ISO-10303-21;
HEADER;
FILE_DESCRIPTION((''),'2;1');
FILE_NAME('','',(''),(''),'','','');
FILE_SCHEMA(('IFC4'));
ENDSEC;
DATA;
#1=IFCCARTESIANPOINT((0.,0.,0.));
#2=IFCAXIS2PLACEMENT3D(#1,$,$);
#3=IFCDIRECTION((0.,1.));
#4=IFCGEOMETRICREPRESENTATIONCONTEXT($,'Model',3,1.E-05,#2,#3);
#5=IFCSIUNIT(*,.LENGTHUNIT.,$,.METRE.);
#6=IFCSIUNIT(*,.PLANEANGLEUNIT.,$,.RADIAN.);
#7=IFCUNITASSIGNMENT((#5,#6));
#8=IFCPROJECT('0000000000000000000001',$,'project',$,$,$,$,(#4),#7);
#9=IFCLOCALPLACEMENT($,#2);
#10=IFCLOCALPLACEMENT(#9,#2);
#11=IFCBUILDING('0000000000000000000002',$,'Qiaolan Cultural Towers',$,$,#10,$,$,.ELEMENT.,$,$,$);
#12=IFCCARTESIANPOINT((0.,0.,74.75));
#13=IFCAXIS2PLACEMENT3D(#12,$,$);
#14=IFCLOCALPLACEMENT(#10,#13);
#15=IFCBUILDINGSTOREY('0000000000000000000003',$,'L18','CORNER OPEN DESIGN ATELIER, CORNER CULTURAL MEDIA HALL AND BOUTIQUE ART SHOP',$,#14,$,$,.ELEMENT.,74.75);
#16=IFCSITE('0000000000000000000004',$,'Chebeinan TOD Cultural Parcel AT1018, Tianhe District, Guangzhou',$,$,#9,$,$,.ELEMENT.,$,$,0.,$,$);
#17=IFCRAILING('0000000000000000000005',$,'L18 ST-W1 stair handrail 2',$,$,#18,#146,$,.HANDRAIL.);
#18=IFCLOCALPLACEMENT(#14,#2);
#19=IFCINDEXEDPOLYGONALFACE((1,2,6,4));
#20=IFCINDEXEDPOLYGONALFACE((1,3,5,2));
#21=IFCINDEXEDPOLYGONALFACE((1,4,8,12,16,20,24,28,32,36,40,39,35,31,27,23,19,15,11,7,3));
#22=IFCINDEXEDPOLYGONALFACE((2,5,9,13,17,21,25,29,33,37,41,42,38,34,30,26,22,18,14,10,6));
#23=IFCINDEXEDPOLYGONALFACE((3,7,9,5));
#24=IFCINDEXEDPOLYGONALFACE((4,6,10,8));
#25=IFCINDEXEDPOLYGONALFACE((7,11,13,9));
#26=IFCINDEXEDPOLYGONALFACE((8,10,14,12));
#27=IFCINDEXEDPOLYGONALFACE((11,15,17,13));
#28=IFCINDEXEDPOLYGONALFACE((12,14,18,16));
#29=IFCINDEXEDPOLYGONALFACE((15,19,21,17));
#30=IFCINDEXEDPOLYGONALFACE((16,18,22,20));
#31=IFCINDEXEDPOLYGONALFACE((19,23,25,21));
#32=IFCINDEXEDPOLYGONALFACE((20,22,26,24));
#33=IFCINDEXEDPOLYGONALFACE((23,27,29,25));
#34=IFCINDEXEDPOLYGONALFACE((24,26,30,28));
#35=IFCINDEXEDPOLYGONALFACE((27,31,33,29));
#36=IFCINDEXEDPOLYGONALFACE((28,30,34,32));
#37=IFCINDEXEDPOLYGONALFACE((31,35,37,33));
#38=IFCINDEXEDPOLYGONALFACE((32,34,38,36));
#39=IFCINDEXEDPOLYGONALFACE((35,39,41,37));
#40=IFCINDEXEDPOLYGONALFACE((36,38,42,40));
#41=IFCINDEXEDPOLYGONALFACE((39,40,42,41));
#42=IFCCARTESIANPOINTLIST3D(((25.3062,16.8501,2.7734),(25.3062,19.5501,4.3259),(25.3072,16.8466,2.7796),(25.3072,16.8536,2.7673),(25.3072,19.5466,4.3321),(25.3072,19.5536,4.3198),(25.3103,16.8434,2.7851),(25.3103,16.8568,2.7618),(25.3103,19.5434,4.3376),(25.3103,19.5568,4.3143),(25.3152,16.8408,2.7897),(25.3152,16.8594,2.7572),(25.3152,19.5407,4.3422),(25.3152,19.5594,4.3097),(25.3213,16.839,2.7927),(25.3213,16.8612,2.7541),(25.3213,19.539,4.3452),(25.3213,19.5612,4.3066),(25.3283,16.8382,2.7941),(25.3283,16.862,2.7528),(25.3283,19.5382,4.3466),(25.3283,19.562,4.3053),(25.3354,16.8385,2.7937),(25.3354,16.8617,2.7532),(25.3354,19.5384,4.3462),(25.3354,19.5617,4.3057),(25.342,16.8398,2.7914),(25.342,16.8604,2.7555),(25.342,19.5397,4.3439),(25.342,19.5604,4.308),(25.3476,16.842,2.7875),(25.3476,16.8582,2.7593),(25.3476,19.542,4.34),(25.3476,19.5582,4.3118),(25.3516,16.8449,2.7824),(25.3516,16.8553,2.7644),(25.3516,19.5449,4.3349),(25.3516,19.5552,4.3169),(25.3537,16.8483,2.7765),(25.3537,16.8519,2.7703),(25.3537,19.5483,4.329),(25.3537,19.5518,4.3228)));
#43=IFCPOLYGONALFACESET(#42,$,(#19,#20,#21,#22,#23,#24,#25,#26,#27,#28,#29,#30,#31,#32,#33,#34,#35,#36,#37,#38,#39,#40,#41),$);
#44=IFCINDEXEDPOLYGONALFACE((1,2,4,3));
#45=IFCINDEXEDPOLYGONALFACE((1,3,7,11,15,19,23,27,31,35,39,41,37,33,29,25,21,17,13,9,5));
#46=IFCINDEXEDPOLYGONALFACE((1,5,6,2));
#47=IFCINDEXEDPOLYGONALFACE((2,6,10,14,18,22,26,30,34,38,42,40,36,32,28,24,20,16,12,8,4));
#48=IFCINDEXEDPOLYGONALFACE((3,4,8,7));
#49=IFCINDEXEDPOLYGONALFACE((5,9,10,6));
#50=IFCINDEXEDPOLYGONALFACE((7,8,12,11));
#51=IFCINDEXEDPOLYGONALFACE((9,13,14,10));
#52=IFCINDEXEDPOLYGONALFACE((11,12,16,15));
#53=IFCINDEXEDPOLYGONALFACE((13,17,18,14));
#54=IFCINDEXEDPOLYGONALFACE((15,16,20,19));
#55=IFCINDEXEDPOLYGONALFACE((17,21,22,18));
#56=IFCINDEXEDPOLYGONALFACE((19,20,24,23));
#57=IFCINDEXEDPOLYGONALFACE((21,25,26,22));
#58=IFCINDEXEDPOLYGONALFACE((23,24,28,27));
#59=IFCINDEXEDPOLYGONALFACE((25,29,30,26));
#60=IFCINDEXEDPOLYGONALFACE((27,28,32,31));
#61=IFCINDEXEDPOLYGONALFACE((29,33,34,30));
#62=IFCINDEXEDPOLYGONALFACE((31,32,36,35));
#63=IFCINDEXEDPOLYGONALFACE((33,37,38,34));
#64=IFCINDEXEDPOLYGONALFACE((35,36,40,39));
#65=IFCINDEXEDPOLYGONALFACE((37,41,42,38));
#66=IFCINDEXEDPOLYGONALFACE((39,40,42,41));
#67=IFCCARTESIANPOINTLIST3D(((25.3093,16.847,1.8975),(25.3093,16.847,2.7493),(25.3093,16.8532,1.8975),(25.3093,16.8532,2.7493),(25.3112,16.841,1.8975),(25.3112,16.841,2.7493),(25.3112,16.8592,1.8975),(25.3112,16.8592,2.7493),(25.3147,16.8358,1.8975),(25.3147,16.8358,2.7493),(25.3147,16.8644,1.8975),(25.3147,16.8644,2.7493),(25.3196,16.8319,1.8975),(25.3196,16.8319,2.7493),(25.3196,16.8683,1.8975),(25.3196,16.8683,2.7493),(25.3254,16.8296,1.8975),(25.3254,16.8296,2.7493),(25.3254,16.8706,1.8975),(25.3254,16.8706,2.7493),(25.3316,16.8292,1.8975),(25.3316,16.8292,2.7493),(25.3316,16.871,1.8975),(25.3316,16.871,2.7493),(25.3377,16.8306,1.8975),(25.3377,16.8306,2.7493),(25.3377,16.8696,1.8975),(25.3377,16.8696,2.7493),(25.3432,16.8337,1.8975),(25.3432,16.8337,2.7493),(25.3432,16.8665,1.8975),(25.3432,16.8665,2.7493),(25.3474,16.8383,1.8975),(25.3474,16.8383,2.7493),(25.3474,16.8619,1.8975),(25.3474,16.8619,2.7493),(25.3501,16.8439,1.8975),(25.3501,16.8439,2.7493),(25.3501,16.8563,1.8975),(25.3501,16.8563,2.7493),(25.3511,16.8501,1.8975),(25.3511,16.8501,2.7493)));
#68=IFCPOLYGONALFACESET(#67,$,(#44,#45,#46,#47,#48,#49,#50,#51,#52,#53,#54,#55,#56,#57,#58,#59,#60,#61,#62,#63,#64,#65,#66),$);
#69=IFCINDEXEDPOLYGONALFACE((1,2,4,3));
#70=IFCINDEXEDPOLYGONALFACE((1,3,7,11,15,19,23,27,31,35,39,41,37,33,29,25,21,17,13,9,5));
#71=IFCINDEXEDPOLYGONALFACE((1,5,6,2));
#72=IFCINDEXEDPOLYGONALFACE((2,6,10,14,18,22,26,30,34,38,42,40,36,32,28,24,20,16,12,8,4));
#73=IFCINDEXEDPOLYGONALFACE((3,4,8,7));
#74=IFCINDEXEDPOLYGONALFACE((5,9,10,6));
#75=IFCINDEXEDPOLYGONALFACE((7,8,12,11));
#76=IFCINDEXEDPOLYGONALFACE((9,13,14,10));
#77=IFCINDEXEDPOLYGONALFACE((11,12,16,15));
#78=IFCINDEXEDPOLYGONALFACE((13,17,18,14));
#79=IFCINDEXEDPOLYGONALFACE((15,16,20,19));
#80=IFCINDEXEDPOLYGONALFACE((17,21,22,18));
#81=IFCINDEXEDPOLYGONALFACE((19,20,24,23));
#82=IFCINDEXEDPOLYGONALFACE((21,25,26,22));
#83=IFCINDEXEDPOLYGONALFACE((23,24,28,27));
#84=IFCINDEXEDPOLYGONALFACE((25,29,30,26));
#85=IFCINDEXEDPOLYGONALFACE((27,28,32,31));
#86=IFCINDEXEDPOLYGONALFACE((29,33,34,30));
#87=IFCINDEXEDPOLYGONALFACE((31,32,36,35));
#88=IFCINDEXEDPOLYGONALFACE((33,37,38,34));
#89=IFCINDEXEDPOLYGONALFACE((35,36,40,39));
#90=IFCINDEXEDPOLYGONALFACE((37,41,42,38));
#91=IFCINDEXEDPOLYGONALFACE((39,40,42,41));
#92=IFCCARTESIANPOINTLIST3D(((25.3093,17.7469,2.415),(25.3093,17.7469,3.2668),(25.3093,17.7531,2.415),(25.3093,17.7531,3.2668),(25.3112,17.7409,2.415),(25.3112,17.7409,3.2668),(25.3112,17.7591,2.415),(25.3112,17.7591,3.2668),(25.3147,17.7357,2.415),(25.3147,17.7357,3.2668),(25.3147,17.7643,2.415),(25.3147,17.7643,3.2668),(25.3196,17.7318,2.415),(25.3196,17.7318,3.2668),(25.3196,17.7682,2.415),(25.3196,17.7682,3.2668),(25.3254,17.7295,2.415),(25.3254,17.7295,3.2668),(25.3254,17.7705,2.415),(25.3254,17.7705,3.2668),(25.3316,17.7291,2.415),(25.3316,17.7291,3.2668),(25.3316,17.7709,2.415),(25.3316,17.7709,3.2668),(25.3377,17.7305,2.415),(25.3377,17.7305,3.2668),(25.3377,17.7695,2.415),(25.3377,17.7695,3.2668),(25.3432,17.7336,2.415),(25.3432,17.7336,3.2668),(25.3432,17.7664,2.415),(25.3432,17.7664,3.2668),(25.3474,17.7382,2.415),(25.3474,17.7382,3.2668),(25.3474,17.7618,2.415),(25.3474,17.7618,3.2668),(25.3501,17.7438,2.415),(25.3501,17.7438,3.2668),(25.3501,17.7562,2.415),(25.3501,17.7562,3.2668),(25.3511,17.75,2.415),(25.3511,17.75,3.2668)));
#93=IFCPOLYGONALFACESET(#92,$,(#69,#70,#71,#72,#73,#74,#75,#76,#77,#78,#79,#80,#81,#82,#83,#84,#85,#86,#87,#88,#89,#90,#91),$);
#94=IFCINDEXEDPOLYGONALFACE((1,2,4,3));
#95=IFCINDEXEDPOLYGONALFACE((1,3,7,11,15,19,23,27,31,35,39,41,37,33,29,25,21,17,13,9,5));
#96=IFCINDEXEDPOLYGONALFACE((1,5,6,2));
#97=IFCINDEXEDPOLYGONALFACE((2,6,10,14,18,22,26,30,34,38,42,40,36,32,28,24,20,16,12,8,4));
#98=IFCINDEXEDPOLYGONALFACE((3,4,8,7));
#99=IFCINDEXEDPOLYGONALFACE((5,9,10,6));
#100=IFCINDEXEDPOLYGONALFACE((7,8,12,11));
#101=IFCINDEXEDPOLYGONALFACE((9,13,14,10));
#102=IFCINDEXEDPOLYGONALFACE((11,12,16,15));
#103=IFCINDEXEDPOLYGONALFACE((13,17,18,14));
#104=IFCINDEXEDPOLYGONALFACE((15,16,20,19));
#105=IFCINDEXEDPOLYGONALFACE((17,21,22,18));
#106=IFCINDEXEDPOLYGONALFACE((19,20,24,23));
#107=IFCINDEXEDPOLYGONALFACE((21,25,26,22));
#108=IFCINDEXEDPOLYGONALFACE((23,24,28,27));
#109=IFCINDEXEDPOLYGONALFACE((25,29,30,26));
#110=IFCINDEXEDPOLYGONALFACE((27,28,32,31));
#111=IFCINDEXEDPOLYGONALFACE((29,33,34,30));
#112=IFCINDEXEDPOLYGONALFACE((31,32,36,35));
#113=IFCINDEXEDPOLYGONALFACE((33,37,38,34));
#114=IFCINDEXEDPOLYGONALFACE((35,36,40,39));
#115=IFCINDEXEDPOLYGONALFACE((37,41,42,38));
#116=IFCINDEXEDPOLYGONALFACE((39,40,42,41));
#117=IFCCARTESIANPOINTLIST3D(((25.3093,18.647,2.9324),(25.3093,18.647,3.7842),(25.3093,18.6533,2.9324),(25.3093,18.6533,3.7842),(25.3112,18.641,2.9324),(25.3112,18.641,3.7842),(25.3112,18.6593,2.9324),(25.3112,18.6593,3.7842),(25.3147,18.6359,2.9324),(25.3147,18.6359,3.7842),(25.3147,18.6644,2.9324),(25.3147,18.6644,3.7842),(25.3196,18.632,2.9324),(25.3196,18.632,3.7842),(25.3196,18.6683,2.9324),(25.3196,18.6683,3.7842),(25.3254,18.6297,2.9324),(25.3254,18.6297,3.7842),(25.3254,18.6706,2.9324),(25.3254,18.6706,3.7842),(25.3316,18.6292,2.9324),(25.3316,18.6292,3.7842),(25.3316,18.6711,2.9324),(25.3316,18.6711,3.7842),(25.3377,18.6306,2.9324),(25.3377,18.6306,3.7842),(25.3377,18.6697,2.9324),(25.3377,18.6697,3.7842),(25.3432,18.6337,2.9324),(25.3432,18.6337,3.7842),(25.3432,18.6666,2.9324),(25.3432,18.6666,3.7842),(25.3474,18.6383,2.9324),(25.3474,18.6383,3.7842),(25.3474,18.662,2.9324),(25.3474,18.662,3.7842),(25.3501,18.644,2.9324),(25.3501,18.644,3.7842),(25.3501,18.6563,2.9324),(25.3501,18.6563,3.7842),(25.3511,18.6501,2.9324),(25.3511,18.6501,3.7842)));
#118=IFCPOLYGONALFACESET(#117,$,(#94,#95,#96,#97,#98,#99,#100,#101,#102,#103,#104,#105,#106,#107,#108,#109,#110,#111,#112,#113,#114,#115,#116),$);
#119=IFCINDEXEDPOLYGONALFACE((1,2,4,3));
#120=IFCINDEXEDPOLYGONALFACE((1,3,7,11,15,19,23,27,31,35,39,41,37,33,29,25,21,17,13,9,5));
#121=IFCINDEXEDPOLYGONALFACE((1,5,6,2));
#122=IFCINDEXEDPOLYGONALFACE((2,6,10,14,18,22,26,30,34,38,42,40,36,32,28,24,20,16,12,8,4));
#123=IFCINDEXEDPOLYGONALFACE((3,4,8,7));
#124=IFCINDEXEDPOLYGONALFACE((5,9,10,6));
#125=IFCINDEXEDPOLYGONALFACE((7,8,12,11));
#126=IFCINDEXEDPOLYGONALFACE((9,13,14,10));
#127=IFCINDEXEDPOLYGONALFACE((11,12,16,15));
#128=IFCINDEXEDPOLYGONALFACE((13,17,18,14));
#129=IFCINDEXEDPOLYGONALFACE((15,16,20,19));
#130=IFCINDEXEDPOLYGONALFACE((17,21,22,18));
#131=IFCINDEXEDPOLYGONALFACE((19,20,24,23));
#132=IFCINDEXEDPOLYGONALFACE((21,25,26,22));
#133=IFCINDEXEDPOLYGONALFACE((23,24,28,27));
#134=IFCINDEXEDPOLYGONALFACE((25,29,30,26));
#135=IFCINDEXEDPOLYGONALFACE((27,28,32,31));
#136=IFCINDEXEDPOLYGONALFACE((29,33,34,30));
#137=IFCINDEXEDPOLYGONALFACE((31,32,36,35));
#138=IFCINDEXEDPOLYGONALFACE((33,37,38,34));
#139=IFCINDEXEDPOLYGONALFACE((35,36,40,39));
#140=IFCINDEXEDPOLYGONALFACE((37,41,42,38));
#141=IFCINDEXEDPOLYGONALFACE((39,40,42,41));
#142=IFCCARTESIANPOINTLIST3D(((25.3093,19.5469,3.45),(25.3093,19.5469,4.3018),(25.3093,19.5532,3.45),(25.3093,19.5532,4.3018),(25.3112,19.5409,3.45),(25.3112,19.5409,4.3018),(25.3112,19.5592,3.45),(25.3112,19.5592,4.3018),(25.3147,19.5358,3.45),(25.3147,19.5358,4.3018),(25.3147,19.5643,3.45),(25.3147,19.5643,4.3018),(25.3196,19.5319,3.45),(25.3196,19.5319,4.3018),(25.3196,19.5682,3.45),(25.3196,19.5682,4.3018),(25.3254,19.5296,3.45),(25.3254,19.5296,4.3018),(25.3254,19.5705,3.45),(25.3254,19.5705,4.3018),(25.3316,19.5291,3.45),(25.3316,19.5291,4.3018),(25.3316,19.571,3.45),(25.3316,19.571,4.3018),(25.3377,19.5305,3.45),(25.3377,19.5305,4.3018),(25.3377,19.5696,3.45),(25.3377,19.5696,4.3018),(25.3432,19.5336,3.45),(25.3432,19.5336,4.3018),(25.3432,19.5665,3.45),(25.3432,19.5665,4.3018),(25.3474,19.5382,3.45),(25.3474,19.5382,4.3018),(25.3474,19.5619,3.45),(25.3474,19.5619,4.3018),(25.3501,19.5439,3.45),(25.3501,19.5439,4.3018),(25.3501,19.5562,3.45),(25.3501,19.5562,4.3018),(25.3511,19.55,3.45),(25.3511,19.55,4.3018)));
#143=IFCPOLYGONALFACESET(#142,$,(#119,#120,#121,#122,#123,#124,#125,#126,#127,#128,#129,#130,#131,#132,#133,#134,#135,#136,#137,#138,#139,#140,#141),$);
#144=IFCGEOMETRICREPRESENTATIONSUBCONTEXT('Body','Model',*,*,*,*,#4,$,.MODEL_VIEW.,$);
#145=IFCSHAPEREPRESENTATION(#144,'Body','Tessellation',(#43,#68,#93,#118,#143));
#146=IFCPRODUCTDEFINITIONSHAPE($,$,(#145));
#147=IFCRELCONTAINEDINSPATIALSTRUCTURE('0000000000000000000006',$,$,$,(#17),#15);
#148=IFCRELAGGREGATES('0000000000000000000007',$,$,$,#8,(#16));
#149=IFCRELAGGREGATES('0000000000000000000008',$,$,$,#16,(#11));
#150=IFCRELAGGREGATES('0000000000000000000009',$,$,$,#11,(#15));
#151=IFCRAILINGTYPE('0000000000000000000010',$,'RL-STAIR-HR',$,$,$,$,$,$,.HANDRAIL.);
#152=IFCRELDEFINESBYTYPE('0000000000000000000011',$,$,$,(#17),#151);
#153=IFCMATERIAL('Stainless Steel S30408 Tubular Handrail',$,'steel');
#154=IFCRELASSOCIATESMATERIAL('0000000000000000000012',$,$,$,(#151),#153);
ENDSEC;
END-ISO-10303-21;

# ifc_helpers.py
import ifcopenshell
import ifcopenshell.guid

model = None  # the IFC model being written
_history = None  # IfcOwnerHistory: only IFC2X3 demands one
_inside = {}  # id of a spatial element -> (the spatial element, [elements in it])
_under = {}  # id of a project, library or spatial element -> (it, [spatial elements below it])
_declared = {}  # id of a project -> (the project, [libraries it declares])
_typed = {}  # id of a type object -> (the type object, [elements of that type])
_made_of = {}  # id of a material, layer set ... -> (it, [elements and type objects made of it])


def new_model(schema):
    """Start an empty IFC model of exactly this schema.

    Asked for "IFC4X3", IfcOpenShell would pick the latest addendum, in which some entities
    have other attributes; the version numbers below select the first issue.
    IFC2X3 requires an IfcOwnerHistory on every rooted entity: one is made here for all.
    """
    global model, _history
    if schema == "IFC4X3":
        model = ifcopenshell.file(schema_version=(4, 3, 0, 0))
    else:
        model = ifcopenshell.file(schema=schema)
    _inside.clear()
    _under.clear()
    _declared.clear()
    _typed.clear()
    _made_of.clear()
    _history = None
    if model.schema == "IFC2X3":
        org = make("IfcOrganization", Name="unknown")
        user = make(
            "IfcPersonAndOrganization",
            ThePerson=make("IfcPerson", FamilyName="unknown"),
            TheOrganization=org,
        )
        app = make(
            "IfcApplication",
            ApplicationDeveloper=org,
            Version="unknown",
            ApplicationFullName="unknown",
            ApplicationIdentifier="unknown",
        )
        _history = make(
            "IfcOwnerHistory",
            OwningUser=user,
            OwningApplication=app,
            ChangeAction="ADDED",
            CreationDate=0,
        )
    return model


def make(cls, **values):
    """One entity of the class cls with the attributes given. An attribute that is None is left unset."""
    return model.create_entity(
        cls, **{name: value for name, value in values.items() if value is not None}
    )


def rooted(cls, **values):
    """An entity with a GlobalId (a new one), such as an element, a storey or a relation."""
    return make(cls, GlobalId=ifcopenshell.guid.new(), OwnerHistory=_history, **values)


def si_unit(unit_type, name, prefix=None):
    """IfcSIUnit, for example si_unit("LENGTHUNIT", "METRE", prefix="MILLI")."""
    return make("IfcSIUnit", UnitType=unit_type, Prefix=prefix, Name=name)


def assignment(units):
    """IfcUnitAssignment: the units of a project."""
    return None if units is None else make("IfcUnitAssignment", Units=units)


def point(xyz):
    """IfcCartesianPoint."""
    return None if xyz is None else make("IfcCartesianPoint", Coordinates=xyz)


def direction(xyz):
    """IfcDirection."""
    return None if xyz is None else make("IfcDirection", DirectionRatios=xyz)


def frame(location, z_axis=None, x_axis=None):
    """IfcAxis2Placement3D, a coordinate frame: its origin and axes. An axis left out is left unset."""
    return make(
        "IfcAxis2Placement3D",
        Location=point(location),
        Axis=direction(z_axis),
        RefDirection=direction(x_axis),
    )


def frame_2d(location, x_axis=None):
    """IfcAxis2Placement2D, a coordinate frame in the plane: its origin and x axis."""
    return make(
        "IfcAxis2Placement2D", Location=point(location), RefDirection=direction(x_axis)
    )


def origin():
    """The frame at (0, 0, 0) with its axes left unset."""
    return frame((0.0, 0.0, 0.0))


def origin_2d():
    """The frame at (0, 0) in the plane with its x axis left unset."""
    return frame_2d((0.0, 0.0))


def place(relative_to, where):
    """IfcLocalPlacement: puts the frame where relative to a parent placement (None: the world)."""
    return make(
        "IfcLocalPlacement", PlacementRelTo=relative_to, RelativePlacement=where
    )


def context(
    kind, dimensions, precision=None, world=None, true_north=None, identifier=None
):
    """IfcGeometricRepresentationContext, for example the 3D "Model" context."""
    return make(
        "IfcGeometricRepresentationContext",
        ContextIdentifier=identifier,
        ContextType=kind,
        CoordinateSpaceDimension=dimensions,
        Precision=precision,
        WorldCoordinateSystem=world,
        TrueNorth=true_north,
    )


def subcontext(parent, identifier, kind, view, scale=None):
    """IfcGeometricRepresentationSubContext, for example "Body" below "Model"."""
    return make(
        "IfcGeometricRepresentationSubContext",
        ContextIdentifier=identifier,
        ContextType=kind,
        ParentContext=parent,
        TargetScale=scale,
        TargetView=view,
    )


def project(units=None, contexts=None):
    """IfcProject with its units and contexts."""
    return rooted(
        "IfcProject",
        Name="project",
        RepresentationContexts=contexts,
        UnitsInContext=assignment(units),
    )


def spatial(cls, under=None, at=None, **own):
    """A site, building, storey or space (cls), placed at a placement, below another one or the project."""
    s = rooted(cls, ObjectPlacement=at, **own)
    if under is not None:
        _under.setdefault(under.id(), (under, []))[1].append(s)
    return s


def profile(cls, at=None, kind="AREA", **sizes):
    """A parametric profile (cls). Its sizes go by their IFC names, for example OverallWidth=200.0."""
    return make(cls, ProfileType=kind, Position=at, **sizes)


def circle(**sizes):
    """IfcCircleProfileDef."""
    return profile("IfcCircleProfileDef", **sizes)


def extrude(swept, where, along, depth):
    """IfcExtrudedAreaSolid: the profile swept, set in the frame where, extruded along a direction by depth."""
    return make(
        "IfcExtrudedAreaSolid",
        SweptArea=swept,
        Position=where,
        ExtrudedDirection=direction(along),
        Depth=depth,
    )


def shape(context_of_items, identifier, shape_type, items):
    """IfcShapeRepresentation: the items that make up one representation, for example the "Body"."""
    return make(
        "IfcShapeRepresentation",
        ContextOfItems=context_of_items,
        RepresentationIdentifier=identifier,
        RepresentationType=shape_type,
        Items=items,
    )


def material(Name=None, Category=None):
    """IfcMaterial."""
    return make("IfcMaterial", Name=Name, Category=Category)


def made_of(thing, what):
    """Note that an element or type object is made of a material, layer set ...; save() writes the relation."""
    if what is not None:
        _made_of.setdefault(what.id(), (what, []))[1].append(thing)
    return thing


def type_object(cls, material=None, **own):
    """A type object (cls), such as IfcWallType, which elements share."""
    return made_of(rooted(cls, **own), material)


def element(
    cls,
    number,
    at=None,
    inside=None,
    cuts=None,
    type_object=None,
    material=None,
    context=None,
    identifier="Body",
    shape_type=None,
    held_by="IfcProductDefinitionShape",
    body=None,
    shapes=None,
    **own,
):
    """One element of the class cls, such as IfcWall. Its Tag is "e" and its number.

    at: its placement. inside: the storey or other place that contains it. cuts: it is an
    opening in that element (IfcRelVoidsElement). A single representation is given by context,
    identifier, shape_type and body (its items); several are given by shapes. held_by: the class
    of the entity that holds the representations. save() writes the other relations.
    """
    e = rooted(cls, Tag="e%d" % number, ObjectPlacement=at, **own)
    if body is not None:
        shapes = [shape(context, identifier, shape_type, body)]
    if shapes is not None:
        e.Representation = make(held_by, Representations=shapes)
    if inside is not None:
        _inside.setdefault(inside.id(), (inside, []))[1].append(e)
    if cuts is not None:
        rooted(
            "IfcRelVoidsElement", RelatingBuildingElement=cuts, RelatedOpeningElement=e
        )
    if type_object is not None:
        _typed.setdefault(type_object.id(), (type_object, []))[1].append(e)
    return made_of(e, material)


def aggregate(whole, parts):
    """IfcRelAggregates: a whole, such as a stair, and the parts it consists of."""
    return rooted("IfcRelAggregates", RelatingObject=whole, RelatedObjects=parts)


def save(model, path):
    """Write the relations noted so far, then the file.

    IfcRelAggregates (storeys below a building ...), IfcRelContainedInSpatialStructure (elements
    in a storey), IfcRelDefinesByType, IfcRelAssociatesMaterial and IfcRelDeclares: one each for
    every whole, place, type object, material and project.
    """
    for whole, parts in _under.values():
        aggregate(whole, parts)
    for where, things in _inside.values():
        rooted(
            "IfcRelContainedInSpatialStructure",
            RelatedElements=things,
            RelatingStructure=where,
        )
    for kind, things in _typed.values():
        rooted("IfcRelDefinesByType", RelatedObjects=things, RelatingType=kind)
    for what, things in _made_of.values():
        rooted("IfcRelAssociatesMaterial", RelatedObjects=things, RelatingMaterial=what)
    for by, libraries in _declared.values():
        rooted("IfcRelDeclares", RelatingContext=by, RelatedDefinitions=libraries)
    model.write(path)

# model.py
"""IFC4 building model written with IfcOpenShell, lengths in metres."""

from ifc_helpers import new_model, si_unit, direction, frame, origin, origin_2d, place, context, subcontext, project, spatial, circle, extrude, material, type_object, element, save


model = new_model("IFC4")

# Units and contexts
model_context = context("Model", 3, precision=1e-05, world=origin(), true_north=direction((0.0, 1.0)))
body_context = subcontext(model_context, "Body", "Model", "MODEL_VIEW")
ifc_project = project(units=[si_unit("LENGTHUNIT", "METRE"), si_unit("PLANEANGLEUNIT", "RADIAN")], contexts=[model_context])

# Site, building, storey
site_placement = place(None, origin())
site = spatial("IfcSite", under=ifc_project, at=site_placement, Name="Chebeinan TOD Cultural Parcel AT1018, Tianhe District, Guangzhou", CompositionType="ELEMENT", RefElevation=0.0)
building_placement = place(site_placement, origin())
building = spatial("IfcBuilding", under=site, at=building_placement, Name="Qiaolan Cultural Towers", CompositionType="ELEMENT")
storey_placement = place(building_placement, frame((0.0, 0.0, 74.75)))
storey = spatial("IfcBuildingStorey", under=building, at=storey_placement, Name="L18", Description="CORNER OPEN DESIGN ATELIER, CORNER CULTURAL MEDIA HALL AND BOUTIQUE ART SHOP", CompositionType="ELEMENT", Elevation=74.75)

# Railing
ifc_material_1 = material(Name="Stainless Steel S30408 Tubular Handrail", Category="steel")
railing_type_1 = type_object("IfcRailingType", Name="RL-STAIR-HR", PredefinedType="HANDRAIL", material=ifc_material_1)
railing_1_placement = place(storey_placement, frame((25.3301, 16.8501, 1.8975)))
element("IfcRailing", 1, at=railing_1_placement, inside=storey, type_object=railing_type_1, Name="L18 ST-W1 stair handrail 2", PredefinedType="HANDRAIL", context=body_context, shape_type="SweptSolid", body=[
    extrude(circle(Radius=0.0239, at=origin_2d()), frame((0.0, 0.0, 0.876), z_axis=(0.0, 0.866904, 0.498476), x_axis=(-1.0, 0.0, 0.0)), (0.0, 0.0, 1.0), 3.1145),
    extrude(circle(Radius=0.021, at=origin_2d()), origin(), (0.0, 0.0, 1.0), 0.8518),
    extrude(circle(Radius=0.021, at=origin_2d()), frame((0.0, 0.8999, 0.5176)), (0.0, 0.0, 1.0), 0.8518),
    extrude(circle(Radius=0.021, at=origin_2d()), frame((0.0, 1.8, 1.0349)), (0.0, 0.0, 1.0), 0.8518),
    extrude(circle(Radius=0.021, at=origin_2d()), frame((0.0, 2.7, 1.5525)), (0.0, 0.0, 1.0), 0.8518),
])

save(model, "model.ifc")
